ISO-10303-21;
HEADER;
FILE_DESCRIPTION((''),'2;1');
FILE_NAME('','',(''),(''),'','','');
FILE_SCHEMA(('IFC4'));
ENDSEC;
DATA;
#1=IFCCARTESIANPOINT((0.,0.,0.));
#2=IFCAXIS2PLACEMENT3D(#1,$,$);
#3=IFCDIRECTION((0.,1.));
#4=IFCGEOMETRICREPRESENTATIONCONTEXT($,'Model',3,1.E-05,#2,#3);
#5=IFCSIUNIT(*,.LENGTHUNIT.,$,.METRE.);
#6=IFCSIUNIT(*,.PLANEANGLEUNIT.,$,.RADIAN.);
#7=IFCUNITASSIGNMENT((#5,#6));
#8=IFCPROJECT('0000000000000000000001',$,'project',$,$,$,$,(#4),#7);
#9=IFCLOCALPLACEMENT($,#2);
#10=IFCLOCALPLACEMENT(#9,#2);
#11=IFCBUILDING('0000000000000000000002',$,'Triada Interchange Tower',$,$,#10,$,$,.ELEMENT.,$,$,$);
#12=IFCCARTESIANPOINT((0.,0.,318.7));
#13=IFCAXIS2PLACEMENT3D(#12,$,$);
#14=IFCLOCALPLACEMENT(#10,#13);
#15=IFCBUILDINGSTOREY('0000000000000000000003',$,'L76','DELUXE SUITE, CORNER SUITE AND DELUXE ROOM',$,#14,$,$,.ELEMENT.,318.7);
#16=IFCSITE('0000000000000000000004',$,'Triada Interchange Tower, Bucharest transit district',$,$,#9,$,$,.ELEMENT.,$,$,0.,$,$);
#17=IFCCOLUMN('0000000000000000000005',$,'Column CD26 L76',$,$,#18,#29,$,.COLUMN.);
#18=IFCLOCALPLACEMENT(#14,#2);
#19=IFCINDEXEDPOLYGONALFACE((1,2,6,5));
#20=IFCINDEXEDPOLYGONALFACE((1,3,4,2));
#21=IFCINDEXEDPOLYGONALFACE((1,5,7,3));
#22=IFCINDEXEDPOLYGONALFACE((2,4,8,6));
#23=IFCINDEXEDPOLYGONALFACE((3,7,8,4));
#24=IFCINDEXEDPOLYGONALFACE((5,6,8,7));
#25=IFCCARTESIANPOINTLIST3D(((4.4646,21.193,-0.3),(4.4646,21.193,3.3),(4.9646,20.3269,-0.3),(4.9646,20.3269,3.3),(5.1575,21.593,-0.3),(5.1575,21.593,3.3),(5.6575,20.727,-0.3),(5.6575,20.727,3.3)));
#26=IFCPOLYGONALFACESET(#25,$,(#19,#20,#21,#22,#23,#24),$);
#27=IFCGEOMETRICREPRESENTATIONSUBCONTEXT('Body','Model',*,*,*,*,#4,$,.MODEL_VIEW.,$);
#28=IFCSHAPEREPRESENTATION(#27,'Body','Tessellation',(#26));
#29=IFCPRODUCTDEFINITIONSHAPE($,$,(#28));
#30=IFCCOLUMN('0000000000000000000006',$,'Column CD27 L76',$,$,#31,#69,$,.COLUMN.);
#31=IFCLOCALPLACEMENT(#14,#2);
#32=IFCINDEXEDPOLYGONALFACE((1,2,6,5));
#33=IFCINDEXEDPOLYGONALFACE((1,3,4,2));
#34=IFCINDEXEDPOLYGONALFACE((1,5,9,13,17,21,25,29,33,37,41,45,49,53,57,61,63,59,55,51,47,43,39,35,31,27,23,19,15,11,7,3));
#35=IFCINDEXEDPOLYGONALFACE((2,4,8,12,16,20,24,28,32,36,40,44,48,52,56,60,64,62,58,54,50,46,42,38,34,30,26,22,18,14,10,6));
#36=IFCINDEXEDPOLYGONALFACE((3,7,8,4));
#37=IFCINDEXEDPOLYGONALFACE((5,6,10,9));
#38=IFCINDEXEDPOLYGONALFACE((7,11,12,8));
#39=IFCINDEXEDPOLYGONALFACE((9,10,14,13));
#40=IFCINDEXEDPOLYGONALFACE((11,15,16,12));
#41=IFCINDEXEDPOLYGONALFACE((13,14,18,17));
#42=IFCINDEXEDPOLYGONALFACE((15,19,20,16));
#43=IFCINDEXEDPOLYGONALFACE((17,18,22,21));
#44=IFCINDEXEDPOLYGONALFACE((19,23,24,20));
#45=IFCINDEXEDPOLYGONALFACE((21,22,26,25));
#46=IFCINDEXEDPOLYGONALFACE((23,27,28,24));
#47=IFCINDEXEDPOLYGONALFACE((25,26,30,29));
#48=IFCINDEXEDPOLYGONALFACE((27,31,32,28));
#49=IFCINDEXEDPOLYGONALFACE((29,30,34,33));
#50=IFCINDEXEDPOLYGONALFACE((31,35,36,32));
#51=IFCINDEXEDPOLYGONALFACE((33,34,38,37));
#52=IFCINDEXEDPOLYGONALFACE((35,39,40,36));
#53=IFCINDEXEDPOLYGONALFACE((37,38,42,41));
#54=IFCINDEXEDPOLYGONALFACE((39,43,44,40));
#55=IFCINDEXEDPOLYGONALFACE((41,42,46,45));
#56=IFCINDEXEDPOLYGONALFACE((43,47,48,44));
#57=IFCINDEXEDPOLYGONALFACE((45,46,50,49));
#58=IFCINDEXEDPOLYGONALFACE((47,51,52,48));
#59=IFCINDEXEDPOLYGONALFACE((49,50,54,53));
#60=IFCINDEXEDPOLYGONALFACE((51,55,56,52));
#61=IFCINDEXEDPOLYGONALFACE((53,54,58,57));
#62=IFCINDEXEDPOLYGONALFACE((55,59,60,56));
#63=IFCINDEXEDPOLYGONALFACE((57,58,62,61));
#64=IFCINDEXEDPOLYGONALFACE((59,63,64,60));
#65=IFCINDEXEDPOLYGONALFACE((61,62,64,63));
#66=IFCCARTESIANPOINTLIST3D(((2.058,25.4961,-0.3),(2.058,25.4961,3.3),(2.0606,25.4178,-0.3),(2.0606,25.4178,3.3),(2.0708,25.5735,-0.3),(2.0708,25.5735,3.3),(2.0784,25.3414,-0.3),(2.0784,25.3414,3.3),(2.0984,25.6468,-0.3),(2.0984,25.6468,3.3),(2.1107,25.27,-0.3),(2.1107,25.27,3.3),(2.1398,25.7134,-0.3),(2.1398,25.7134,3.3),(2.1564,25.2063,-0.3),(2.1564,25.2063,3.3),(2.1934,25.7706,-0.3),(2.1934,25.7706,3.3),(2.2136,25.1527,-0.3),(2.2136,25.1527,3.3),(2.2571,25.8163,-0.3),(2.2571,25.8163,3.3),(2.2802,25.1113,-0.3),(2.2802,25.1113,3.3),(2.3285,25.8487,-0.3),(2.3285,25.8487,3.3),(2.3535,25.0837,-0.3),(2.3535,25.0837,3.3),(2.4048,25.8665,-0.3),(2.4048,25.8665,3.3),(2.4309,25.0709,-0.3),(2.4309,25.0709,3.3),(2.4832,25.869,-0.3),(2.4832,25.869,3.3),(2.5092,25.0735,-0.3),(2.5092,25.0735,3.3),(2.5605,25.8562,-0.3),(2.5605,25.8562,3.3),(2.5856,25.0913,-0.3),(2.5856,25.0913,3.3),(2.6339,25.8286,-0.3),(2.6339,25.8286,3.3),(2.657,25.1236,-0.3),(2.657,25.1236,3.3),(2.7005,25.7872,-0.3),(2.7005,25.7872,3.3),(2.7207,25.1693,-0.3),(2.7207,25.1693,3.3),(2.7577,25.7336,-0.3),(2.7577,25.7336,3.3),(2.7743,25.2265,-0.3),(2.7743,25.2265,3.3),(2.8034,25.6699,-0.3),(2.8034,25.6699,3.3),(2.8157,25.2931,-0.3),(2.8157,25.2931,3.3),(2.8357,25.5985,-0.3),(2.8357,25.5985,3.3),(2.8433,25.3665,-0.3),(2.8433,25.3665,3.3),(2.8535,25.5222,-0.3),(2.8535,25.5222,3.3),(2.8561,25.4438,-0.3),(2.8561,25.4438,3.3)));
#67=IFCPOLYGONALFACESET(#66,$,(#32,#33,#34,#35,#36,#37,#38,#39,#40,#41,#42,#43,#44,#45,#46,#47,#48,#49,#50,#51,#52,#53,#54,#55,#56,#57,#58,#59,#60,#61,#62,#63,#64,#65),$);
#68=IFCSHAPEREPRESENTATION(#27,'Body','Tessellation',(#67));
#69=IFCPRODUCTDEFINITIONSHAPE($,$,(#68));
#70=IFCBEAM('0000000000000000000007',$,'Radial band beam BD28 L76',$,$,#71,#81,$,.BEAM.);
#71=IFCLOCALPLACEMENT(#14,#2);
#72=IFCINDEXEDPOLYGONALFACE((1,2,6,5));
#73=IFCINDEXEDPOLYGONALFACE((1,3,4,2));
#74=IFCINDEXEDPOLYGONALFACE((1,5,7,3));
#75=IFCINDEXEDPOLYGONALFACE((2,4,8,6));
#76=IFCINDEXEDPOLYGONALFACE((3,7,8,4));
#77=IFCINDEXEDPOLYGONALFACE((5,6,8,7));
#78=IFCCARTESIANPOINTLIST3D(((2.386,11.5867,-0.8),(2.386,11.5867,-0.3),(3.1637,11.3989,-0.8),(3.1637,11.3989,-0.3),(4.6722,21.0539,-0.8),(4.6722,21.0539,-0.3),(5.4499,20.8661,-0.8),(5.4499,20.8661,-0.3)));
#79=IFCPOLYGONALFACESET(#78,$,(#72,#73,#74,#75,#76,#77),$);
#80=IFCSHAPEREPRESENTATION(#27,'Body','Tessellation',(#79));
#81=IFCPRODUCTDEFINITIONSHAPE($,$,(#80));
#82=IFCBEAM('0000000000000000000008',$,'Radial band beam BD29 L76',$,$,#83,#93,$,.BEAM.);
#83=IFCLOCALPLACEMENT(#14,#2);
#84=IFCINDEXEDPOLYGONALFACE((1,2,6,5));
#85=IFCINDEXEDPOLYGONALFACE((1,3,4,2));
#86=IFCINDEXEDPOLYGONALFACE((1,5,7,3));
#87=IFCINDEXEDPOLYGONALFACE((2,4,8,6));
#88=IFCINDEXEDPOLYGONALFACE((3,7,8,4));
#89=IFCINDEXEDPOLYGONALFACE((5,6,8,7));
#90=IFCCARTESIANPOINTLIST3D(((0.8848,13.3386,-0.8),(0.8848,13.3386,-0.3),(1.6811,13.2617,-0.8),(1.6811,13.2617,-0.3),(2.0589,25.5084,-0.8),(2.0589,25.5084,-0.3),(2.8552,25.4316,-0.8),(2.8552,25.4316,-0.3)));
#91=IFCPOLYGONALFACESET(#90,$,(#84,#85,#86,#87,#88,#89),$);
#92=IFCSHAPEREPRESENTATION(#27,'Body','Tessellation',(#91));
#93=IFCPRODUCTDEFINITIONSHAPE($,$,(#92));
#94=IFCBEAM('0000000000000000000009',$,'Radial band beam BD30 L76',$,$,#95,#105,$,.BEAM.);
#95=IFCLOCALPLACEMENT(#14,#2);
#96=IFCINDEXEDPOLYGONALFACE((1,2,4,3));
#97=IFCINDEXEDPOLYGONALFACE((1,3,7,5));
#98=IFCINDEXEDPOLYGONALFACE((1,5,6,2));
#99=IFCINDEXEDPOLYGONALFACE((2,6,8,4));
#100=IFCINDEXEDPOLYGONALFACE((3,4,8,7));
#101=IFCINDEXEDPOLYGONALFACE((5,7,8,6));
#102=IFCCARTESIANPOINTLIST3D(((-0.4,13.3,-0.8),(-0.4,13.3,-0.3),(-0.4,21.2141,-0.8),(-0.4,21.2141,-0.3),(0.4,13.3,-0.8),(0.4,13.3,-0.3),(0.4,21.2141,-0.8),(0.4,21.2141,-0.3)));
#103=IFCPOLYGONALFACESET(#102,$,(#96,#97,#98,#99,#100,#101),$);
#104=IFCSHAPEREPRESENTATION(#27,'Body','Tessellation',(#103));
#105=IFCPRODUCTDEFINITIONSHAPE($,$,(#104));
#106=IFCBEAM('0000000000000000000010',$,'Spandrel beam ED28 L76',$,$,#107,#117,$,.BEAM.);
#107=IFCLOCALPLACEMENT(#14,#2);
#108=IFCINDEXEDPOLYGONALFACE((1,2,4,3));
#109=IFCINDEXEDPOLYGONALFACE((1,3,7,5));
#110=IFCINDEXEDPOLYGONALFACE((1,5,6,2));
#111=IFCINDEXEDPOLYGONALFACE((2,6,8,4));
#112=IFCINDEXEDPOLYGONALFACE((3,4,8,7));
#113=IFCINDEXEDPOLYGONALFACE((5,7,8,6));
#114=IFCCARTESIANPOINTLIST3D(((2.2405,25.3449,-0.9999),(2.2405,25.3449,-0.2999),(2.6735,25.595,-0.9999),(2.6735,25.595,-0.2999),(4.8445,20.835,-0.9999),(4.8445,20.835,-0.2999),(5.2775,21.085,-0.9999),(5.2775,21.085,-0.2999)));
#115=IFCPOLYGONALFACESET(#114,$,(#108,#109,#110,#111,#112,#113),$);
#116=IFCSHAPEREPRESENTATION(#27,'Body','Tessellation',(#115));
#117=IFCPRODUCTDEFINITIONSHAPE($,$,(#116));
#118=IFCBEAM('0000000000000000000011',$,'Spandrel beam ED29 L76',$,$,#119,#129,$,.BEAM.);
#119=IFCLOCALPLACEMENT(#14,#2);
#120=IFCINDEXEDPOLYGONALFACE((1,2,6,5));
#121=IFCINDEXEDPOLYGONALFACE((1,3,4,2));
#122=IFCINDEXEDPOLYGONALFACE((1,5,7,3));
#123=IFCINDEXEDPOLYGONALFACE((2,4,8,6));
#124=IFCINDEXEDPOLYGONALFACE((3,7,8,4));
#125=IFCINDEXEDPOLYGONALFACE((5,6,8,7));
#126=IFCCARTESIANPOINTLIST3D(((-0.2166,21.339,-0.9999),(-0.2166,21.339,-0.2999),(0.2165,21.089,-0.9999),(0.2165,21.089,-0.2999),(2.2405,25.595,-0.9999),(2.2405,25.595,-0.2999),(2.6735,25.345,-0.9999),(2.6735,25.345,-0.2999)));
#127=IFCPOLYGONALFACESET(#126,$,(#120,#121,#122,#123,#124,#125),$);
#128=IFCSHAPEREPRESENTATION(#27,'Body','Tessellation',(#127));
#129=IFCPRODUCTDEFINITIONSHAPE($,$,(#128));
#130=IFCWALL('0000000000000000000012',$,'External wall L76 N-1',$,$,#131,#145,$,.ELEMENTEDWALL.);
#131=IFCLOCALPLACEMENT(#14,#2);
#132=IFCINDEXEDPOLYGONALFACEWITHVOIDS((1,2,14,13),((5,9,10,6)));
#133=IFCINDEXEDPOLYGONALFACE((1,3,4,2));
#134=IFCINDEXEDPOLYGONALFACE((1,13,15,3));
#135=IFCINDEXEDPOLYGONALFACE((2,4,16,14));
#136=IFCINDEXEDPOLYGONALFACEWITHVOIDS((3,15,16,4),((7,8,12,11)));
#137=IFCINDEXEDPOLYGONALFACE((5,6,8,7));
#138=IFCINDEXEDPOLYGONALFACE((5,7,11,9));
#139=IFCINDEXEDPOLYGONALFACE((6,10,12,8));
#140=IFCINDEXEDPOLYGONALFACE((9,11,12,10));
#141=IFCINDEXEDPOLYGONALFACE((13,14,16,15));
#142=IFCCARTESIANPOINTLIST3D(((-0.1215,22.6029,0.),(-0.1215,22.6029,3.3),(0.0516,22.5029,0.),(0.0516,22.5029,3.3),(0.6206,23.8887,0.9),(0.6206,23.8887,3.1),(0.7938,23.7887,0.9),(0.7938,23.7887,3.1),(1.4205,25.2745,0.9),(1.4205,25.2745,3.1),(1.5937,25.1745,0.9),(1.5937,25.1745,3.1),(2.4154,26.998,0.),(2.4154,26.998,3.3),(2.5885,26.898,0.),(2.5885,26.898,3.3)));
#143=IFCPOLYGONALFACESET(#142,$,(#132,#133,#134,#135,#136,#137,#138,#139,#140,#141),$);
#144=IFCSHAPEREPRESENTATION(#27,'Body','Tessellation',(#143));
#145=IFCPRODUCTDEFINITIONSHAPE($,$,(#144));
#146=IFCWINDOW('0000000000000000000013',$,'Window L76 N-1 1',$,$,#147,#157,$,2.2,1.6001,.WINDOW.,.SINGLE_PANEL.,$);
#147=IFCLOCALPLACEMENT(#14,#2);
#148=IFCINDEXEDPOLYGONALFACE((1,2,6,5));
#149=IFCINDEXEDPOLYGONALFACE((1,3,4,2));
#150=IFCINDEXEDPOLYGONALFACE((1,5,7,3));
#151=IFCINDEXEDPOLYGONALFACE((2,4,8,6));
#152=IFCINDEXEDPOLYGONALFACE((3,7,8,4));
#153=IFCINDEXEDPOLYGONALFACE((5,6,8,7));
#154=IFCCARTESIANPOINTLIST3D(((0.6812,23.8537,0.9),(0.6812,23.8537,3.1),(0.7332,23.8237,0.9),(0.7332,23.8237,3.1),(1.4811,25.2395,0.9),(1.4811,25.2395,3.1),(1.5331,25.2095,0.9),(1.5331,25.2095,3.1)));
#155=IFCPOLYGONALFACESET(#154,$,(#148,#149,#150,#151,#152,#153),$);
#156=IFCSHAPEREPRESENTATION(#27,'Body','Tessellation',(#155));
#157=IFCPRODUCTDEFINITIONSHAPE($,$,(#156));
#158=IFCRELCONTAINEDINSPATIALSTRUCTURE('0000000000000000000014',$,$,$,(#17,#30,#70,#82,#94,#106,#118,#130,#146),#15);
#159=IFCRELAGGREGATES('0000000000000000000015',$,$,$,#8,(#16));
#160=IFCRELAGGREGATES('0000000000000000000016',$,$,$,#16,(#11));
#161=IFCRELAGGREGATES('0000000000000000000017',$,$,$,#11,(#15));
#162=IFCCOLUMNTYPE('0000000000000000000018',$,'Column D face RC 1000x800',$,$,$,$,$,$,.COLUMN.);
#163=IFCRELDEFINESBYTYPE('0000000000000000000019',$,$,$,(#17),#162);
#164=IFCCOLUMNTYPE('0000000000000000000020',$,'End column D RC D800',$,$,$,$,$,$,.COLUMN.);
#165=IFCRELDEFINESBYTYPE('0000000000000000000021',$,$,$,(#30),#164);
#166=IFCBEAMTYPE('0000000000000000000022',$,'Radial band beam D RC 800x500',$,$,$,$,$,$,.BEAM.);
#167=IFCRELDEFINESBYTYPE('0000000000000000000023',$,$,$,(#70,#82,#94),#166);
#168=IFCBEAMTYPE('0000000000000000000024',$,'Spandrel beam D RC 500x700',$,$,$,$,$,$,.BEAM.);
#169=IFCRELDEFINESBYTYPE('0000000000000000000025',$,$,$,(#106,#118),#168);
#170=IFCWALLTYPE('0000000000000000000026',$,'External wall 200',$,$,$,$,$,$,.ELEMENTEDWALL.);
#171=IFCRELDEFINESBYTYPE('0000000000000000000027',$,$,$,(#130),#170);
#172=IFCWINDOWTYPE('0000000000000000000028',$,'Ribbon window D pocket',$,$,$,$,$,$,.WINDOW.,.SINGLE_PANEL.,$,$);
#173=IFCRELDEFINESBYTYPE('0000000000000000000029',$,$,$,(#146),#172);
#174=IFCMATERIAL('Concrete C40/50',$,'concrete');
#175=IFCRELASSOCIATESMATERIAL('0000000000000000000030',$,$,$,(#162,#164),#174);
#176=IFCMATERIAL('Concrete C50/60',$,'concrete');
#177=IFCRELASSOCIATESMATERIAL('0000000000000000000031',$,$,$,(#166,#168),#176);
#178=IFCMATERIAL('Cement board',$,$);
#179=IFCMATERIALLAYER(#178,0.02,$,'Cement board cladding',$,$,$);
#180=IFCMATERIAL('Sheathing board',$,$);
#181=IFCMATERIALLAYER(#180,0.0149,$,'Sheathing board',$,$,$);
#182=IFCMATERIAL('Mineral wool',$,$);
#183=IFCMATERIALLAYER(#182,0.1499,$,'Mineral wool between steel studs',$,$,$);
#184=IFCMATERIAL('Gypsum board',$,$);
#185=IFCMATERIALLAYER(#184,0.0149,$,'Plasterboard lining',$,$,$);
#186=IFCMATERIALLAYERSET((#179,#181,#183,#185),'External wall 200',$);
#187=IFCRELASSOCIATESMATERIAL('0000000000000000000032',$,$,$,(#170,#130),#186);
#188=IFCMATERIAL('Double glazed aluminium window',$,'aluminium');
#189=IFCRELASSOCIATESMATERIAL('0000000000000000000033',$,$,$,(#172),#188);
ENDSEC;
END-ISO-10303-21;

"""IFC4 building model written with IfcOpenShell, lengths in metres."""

from ifc_helpers import new_model, si_unit, direction, frame, frame_2d, origin, origin_2d, place, context, subcontext, project, spatial, rectangle, circle, extrude, material, layer, layer_set, layer_usage, material_profile, profile_set, type_object, element, fill, save


model = new_model("IFC4")

# Units and contexts
model_context = context("Model", 3, precision=1e-05, world=origin(), true_north=direction((0.0, 1.0)))
body_context = subcontext(model_context, "Body", "Model", "MODEL_VIEW")
ifc_project = project(units=[si_unit("LENGTHUNIT", "METRE"), si_unit("PLANEANGLEUNIT", "RADIAN")], contexts=[model_context])

# Site, building, storey
site_placement = place(None, origin())
site = spatial("IfcSite", under=ifc_project, at=site_placement, Name="Triada Interchange Tower, Bucharest transit district", CompositionType="ELEMENT", RefElevation=0.0)
building_placement = place(site_placement, origin())
building = spatial("IfcBuilding", under=site, at=building_placement, Name="Triada Interchange Tower", CompositionType="ELEMENT")
storey_placement = place(building_placement, frame((0.0, 0.0, 318.7)))
storey = spatial("IfcBuildingStorey", under=building, at=storey_placement, Name="L76", Description="DELUXE SUITE, CORNER SUITE AND DELUXE ROOM", CompositionType="ELEMENT", Elevation=318.7)

# Columns
ifc_material_1 = material(Name="Concrete C40/50", Category="concrete")
ifc_material_profile_1 = material_profile(ifc_material_1, rectangle(XDim=1.0, YDim=0.8, at=origin_2d()), Name="RC 1000x800")
ifc_profile_set_1 = profile_set([ifc_material_profile_1], Name="Concrete C40/50")
column_type_1 = type_object("IfcColumnType", Name="Column D face RC 1000x800", PredefinedType="COLUMN", material=ifc_profile_set_1)
column_1_placement = place(storey_placement, frame((5.061, 20.96, -0.3), z_axis=(0.0, 0.0, 1.0), x_axis=(-0.5, 0.866025, 0.0)))
element("IfcColumn", 1, at=column_1_placement, inside=storey, type_object=column_type_1, Name="Column CD26 L76", PredefinedType="COLUMN", context=body_context, shape_type="SweptSolid", body=[
    extrude(rectangle(XDim=1.0, YDim=0.8, at=origin_2d()), origin(), (0.0, 0.0, 1.0), 3.6001),
])
ifc_material_profile_2 = material_profile(ifc_material_1, circle(Radius=0.3999, at=origin_2d()), Name="RC D800")
ifc_profile_set_2 = profile_set([ifc_material_profile_2], Name="Concrete C40/50")
column_type_2 = type_object("IfcColumnType", Name="End column D RC D800", PredefinedType="COLUMN", material=ifc_profile_set_2)
column_2_placement = place(storey_placement, frame((2.457, 25.47, -0.3), z_axis=(0.0, 0.0, 1.0), x_axis=(-0.5, 0.866025, 0.0)))
element("IfcColumn", 2, at=column_2_placement, inside=storey, type_object=column_type_2, Name="Column CD27 L76", PredefinedType="COLUMN", context=body_context, shape_type="SweptSolid", body=[
    extrude(circle(Radius=0.3999, at=origin_2d()), origin(), (0.0, 0.0, 1.0), 3.6001),
])

# Beams
ifc_material_2 = material(Name="Concrete C50/60", Category="concrete")
ifc_material_profile_3 = material_profile(ifc_material_2, rectangle(XDim=0.8, YDim=0.5, at=origin_2d()), Name="RC 800x500")
ifc_profile_set_3 = profile_set([ifc_material_profile_3], Name="Concrete C50/60")
beam_type_1 = type_object("IfcBeamType", Name="Radial band beam D RC 800x500", PredefinedType="BEAM", material=ifc_profile_set_3)
beam_1_placement = place(storey_placement, frame((5.061, 20.96, -0.55), z_axis=(-0.234736, -0.972059, 0.0), x_axis=(0.972059, -0.234736, 0.0)))
element("IfcBeam", 3, at=beam_1_placement, inside=storey, type_object=beam_type_1, Name="Radial band beam BD28 L76", PredefinedType="BEAM", context=body_context, shape_type="SweptSolid", body=[
    extrude(rectangle(XDim=0.8, YDim=0.5, at=origin_2d()), origin(), (0.0, 0.0, 1.0), 9.7393),
])
beam_2_placement = place(storey_placement, frame((2.457, 25.47, -0.55), z_axis=(-0.096027, -0.995379, 0.0), x_axis=(0.995379, -0.096027, 0.0)))
element("IfcBeam", 4, at=beam_2_placement, inside=storey, type_object=beam_type_1, Name="Radial band beam BD29 L76", PredefinedType="BEAM", context=body_context, shape_type="SweptSolid", body=[
    extrude(rectangle(XDim=0.8, YDim=0.5, at=origin_2d()), origin(), (0.0, 0.0, 1.0), 12.2263),
])
beam_3_placement = place(storey_placement, frame((0.0, 21.2141, -0.55), z_axis=(0.0, -1.0, 0.0), x_axis=(1.0, 0.0, 0.0)))
element("IfcBeam", 5, at=beam_3_placement, inside=storey, type_object=beam_type_1, Name="Radial band beam BD30 L76", PredefinedType="BEAM", context=body_context, shape_type="SweptSolid", body=[
    extrude(rectangle(XDim=0.8, YDim=0.5, at=origin_2d()), origin(), (0.0, 0.0, 1.0), 7.9141),
])
ifc_material_profile_4 = material_profile(ifc_material_2, rectangle(XDim=0.5, YDim=0.7, at=origin_2d()), Name="RC 500x700")
ifc_profile_set_4 = profile_set([ifc_material_profile_4], Name="Concrete C50/60")
beam_type_2 = type_object("IfcBeamType", Name="Spandrel beam D RC 500x700", PredefinedType="BEAM", material=ifc_profile_set_4)
beam_4_placement = place(storey_placement, frame((5.061, 20.96, -0.6499), z_axis=(-0.500021, 0.866013, 0.0), x_axis=(-0.866013, -0.500021, 0.0)))
element("IfcBeam", 6, at=beam_4_placement, inside=storey, type_object=beam_type_2, Name="Spandrel beam ED28 L76", PredefinedType="BEAM", context=body_context, shape_type="SweptSolid", body=[
    extrude(rectangle(XDim=0.5, YDim=0.7, at=origin_2d()), origin(), (0.0, 0.0, 1.0), 5.2078),
])
beam_5_placement = place(storey_placement, frame((2.457, 25.47, -0.6499), z_axis=(-0.499986, -0.866033, 0.0), x_axis=(0.866033, -0.499986, 0.0)))
element("IfcBeam", 7, at=beam_5_placement, inside=storey, type_object=beam_type_2, Name="Spandrel beam ED29 L76", PredefinedType="BEAM", context=body_context, shape_type="SweptSolid", body=[
    extrude(rectangle(XDim=0.5, YDim=0.7, at=origin_2d()), origin(), (0.0, 0.0, 1.0), 4.9143),
])

# Wall, opening, window
ifc_material_3 = material(Name="Cement board")
ifc_layer_1 = layer(ifc_material_3, 0.02, Name="Cement board cladding")
ifc_material_4 = material(Name="Sheathing board")
ifc_layer_2 = layer(ifc_material_4, 0.0149, Name="Sheathing board")
ifc_material_5 = material(Name="Mineral wool")
ifc_layer_3 = layer(ifc_material_5, 0.1499, Name="Mineral wool between steel studs")
ifc_material_6 = material(Name="Gypsum board")
ifc_layer_4 = layer(ifc_material_6, 0.0149, Name="Plasterboard lining")
ifc_layer_set_1 = layer_set([ifc_layer_1, ifc_layer_2, ifc_layer_3, ifc_layer_4], Name="External wall 200")
ifc_layer_usage = layer_usage(ifc_layer_set_1, "AXIS2", "POSITIVE", -0.1001)
wall_type_1 = type_object("IfcWallType", Name="External wall 200", PredefinedType="ELEMENTEDWALL", material=ifc_layer_set_1)
wall_1_placement = place(storey_placement, frame((2.502, 26.948, 0.0), z_axis=(0.0, 0.0, 1.0), x_axis=(-0.499911, -0.866077, 0.0)))
wall_1 = element("IfcWall", 8, at=wall_1_placement, inside=storey, type_object=wall_type_1, material=ifc_layer_usage, Name="External wall L76 N-1", PredefinedType="ELEMENTEDWALL", context=body_context, shape_type="SweptSolid", body=[
    extrude(rectangle(XDim=5.0747, YDim=0.2, at=frame_2d((2.5374, 0.0))), origin(), (0.0, 0.0, 1.0), 3.3),
])
opening_1_placement = place(wall_1_placement, frame((1.99, 0.0, 0.8999)))
opening_1 = element("IfcOpeningElement", 9, at=opening_1_placement, cuts=wall_1, PredefinedType="OPENING", context=body_context, shape_type="SweptSolid", body=[
    extrude(rectangle(XDim=1.6001, YDim=2.2, at=frame_2d((0.8, 1.1001))), frame((0.0, 0.1099, 0.0), z_axis=(0.0, -1.0, 0.0), x_axis=(1.0, 0.0, 0.0)), (0.0, 0.0, 1.0), 0.22),
])
ifc_material_7 = material(Name="Double glazed aluminium window", Category="aluminium")
window_type = type_object("IfcWindowType", Name="Ribbon window D pocket", PartitioningType="SINGLE_PANEL", PredefinedType="WINDOW", material=ifc_material_7)
window_1_placement = place(opening_1_placement, origin())
window_1 = element("IfcWindow", 10, at=window_1_placement, inside=storey, type_object=window_type, Name="Window L76 N-1 1", OverallHeight=2.2, OverallWidth=1.6001, PartitioningType="SINGLE_PANEL", PredefinedType="WINDOW", context=body_context, shape_type="SweptSolid", body=[
    extrude(rectangle(XDim=1.6001, YDim=2.2, at=frame_2d((0.8, 1.1001))), frame((0.0, 0.03, 0.0), z_axis=(0.0, -1.0, 0.0), x_axis=(1.0, 0.0, 0.0)), (0.0, 0.0, 1.0), 0.0601),
])
fill(opening_1, window_1)

save(model, "model.ifc")
